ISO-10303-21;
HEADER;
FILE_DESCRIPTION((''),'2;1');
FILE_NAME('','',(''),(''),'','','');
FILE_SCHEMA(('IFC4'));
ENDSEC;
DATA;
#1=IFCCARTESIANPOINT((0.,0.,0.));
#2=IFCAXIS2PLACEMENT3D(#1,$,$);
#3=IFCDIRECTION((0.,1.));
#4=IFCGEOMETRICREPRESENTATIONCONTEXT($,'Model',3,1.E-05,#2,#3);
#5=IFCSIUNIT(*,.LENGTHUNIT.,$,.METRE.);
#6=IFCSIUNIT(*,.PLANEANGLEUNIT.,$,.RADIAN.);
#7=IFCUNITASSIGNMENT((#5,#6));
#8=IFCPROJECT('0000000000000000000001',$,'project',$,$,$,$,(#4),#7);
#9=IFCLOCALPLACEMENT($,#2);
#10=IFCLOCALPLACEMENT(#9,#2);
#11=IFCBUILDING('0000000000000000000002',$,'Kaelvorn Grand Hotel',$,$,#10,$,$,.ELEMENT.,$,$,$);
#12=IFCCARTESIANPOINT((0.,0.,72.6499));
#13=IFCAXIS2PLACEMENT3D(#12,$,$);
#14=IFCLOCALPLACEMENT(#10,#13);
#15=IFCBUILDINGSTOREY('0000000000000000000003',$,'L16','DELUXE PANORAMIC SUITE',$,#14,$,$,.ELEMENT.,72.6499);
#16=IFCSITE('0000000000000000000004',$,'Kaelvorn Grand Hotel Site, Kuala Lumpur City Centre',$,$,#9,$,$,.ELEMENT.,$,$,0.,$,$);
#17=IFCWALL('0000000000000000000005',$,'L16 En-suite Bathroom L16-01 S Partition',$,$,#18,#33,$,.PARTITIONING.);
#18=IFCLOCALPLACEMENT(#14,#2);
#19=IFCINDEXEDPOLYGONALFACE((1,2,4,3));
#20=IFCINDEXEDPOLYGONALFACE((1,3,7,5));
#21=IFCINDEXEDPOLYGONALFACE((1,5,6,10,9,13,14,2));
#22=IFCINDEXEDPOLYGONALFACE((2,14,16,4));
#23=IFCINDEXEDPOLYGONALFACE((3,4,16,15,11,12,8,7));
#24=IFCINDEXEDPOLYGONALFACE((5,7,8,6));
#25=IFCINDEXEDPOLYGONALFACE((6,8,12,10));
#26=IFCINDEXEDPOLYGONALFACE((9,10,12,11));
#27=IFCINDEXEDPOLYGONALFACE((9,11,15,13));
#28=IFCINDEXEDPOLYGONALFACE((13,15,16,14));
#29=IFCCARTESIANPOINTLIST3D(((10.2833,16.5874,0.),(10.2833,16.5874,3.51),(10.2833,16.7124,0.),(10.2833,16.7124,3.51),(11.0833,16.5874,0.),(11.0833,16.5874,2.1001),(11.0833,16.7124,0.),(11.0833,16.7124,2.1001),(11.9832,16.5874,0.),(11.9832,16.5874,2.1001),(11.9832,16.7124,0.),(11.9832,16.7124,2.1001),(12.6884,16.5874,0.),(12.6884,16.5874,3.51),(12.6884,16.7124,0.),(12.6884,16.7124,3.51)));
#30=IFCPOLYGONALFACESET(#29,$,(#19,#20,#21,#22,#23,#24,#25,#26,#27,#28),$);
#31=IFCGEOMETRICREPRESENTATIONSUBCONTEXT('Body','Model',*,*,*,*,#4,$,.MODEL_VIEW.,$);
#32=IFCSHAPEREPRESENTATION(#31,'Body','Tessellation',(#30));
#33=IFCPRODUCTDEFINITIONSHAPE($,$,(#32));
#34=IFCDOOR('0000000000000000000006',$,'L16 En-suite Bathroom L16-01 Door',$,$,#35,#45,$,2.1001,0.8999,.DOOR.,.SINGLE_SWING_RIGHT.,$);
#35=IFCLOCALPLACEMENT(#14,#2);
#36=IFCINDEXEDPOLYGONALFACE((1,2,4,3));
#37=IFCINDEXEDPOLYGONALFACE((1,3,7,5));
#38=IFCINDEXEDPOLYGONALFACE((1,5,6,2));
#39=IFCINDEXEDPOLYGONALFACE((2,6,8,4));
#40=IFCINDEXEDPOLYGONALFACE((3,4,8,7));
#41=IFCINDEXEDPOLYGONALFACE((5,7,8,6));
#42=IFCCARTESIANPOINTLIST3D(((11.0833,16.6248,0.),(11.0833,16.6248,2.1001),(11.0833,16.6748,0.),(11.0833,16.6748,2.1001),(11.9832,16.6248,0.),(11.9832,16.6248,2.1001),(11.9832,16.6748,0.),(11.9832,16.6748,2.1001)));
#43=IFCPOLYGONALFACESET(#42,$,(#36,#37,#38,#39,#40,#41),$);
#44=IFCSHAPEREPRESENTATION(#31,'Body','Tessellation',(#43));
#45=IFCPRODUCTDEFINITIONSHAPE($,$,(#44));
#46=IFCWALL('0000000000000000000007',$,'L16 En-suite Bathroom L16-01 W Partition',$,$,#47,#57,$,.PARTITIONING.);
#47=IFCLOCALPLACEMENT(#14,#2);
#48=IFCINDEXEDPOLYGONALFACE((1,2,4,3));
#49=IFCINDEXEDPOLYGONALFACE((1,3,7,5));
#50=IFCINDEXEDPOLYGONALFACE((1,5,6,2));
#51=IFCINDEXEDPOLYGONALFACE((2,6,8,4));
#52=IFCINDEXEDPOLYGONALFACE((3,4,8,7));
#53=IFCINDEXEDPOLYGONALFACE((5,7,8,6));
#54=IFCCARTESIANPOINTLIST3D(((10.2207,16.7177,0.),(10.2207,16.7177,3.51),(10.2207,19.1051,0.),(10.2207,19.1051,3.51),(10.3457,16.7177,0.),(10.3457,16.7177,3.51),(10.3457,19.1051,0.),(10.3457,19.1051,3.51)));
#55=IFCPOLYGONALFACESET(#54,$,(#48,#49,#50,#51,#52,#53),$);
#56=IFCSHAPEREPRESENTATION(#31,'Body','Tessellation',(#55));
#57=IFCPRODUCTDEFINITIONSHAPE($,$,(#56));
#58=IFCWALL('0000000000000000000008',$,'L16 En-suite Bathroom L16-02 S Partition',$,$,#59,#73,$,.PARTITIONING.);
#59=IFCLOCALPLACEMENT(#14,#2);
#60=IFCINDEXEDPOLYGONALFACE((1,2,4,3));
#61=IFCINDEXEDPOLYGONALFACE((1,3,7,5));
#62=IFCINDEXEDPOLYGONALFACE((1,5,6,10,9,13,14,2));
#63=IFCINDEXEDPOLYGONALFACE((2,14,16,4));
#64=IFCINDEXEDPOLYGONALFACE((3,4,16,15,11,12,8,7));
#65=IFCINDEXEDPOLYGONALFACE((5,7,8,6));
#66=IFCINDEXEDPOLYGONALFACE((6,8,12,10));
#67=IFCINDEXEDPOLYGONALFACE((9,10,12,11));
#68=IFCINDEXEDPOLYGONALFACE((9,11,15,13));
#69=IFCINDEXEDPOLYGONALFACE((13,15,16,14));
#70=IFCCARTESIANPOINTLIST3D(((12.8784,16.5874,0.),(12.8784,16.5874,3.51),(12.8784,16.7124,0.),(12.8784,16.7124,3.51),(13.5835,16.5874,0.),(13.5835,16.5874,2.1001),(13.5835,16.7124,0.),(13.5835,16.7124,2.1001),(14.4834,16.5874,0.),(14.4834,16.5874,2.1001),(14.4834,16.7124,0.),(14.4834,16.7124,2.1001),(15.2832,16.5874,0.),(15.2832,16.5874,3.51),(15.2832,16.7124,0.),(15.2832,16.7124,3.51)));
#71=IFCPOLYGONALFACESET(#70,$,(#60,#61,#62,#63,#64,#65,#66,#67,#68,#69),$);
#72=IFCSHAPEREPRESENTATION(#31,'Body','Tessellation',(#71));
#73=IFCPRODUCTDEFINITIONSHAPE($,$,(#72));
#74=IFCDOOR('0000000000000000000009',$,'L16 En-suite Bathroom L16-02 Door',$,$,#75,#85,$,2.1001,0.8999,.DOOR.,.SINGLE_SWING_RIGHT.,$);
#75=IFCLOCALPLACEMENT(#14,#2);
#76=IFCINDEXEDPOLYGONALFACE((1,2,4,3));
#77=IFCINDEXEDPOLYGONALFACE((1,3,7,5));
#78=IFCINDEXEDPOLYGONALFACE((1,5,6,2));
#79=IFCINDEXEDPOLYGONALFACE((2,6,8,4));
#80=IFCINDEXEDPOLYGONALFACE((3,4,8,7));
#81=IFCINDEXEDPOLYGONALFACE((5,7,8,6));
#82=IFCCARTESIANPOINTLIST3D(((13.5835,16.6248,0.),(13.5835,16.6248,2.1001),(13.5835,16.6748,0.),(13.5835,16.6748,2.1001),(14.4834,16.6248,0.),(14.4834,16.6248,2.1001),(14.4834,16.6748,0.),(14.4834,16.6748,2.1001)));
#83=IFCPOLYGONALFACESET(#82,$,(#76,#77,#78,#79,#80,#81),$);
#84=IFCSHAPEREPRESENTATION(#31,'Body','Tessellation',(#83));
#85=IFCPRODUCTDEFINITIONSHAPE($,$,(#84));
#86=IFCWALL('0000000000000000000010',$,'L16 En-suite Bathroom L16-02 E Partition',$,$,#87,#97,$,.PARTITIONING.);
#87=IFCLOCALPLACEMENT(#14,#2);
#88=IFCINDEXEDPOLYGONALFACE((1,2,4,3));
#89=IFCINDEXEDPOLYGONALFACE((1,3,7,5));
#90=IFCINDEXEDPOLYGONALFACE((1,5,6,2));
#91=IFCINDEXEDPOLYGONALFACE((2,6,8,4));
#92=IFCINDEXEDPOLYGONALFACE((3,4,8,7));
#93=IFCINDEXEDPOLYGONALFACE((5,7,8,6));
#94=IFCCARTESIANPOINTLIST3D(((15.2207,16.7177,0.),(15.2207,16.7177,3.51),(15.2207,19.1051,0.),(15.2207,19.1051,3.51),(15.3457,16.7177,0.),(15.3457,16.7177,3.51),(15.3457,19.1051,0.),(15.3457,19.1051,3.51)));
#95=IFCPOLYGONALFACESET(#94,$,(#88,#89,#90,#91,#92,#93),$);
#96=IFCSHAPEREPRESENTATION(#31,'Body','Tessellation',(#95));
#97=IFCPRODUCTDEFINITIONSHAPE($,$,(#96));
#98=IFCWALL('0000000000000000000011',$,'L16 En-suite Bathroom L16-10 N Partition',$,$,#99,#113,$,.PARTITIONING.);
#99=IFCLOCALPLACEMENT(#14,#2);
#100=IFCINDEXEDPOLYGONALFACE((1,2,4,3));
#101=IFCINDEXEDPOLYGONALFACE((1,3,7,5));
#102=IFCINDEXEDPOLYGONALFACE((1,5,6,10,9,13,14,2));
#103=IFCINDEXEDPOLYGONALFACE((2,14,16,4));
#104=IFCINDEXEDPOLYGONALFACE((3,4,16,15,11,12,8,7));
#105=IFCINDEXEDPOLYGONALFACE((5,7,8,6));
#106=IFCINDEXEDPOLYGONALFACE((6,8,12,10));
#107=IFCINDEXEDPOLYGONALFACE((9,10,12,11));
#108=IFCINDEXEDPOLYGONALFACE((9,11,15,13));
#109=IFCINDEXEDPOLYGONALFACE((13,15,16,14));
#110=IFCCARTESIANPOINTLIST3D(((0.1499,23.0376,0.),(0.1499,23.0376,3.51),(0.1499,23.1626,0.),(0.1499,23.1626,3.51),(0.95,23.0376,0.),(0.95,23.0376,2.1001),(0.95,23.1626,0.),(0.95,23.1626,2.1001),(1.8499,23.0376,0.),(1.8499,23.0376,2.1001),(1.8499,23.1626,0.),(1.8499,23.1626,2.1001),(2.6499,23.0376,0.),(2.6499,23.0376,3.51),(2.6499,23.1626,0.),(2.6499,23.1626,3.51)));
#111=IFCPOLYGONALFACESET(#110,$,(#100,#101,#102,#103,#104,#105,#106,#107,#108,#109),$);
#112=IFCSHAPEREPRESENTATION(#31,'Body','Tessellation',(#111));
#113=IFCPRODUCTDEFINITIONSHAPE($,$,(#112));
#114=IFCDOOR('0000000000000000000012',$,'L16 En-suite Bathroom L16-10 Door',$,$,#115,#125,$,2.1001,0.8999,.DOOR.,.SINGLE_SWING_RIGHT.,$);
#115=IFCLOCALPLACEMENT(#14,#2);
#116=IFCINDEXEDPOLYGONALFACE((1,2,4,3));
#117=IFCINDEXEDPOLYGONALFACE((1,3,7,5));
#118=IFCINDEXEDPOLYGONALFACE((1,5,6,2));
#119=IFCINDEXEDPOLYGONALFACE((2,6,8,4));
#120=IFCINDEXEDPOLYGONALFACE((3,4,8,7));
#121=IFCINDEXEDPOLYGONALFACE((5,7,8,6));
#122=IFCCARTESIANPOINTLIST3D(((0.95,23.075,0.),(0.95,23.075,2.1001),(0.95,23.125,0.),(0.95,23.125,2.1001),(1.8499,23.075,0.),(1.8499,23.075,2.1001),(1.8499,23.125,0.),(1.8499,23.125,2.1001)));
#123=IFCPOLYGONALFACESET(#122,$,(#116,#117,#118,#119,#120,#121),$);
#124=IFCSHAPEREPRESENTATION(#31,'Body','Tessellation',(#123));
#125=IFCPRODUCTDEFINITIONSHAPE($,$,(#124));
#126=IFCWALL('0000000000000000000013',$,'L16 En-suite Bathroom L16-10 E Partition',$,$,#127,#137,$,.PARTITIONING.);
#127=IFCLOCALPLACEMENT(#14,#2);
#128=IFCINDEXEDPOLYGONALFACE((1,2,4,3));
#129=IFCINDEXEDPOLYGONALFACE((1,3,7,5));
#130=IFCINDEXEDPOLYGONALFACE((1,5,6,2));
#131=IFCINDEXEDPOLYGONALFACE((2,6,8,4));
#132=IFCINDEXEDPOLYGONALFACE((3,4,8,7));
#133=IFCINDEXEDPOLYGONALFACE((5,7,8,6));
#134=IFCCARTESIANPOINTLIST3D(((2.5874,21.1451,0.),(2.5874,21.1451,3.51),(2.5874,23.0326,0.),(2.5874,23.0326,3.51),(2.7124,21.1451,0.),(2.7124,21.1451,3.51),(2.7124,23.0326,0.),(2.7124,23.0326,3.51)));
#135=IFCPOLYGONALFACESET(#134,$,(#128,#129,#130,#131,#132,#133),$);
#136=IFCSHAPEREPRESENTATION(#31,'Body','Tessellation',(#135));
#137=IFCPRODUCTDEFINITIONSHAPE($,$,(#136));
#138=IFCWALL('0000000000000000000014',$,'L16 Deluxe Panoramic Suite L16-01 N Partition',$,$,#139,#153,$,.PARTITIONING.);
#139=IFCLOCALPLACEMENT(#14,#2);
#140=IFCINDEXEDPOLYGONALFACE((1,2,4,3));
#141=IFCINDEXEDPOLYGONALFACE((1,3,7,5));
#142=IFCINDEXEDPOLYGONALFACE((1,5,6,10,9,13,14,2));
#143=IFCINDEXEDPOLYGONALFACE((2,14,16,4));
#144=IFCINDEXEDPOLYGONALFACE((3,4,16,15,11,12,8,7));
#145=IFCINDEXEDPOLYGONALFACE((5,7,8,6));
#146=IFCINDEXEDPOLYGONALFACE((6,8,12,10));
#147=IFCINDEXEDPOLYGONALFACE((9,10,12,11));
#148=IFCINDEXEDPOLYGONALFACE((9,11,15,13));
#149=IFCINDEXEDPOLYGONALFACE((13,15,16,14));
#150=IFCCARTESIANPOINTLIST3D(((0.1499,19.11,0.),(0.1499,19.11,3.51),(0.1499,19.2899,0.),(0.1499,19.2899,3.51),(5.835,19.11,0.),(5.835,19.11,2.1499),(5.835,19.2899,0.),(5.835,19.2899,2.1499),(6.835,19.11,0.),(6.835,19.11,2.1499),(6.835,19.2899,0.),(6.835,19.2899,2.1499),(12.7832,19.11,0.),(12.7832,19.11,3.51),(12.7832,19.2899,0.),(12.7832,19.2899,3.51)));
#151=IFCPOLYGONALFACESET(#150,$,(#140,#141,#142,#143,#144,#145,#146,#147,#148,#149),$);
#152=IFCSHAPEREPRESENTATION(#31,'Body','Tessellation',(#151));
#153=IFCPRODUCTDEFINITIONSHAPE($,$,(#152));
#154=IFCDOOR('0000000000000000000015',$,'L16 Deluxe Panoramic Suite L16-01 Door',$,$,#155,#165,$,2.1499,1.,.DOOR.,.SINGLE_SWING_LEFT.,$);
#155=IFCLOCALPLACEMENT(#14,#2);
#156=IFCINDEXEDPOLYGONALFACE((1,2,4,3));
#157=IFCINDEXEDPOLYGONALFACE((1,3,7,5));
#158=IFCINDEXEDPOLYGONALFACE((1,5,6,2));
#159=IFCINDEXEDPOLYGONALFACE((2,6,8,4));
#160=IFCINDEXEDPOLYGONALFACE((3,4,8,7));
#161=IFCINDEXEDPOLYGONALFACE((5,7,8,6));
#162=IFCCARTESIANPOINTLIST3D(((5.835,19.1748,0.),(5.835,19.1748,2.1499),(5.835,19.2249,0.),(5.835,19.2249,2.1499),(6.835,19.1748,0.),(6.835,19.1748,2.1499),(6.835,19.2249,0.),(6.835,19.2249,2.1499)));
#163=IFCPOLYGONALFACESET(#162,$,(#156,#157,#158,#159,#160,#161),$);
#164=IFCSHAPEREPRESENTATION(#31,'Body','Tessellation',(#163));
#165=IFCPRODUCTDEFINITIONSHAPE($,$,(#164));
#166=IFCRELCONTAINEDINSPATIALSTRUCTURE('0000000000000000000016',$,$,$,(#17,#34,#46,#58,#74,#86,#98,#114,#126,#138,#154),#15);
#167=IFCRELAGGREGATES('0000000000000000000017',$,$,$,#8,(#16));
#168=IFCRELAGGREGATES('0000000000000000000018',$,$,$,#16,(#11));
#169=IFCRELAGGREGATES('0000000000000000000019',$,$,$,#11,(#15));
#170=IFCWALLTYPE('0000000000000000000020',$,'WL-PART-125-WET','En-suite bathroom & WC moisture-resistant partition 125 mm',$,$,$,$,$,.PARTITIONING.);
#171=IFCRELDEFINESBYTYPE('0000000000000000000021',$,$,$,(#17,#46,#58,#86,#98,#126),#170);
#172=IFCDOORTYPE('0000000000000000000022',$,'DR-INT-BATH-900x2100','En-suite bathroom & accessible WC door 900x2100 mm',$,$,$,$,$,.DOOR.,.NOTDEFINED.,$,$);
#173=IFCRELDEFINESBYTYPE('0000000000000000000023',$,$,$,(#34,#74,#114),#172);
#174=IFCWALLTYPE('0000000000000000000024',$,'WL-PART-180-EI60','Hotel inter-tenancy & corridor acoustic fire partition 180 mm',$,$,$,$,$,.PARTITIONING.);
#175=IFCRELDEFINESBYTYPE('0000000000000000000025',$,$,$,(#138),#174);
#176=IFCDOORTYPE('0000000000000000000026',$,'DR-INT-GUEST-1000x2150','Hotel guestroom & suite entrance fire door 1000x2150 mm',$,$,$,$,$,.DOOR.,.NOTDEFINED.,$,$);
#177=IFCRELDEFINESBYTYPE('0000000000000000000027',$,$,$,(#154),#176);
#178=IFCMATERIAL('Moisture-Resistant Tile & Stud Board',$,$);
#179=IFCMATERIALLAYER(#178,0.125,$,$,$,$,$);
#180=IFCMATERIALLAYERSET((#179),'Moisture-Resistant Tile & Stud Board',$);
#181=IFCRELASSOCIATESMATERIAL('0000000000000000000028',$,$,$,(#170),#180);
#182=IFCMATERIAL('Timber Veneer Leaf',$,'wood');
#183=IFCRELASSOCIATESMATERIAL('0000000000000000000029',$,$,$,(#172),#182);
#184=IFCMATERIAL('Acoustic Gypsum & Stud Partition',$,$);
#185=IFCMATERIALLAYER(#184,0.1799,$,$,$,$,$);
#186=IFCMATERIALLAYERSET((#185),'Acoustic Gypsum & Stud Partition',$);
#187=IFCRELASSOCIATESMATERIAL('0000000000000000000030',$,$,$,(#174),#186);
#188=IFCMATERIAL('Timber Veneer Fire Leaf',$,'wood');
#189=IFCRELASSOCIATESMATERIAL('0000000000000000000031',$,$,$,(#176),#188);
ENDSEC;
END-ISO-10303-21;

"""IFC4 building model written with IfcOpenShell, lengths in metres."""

from ifc_helpers import new_model, si_unit, direction, frame, frame_2d, origin, place, context, subcontext, project, spatial, rectangle, extrude, material, layer, layer_set, type_object, element, fill, save


model = new_model("IFC4")

# Units and contexts
model_context = context("Model", 3, precision=1e-05, world=origin(), true_north=direction((0.0, 1.0)))
body_context = subcontext(model_context, "Body", "Model", "MODEL_VIEW")
ifc_project = project(units=[si_unit("LENGTHUNIT", "METRE"), si_unit("PLANEANGLEUNIT", "RADIAN")], contexts=[model_context])

# Site, building, storey
site_placement = place(None, origin())
site = spatial("IfcSite", under=ifc_project, at=site_placement, Name="Kaelvorn Grand Hotel Site, Kuala Lumpur City Centre", CompositionType="ELEMENT", RefElevation=0.0)
building_placement = place(site_placement, origin())
building = spatial("IfcBuilding", under=site, at=building_placement, Name="Kaelvorn Grand Hotel", CompositionType="ELEMENT")
storey_placement = place(building_placement, frame((0.0, 0.0, 72.6499)))
storey = spatial("IfcBuildingStorey", under=building, at=storey_placement, Name="L16", Description="DELUXE PANORAMIC SUITE", CompositionType="ELEMENT", Elevation=72.6499)

# Wall, opening, door
ifc_material_1 = material(Name="Moisture-Resistant Tile & Stud Board")
ifc_layer_1 = layer(ifc_material_1, 0.125)
ifc_layer_set_1 = layer_set([ifc_layer_1], Name="Moisture-Resistant Tile & Stud Board")
wall_type_1 = type_object("IfcWallType", Name="WL-PART-125-WET", Description="En-suite bathroom & WC moisture-resistant partition 125 mm", PredefinedType="PARTITIONING", material=ifc_layer_set_1)
wall_1_placement = place(storey_placement, frame((10.2832, 16.6499, 0.0), z_axis=(0.0, 0.0, 1.0), x_axis=(1.0, 0.0, 0.0)))
wall_1 = element("IfcWall", 1, at=wall_1_placement, inside=storey, type_object=wall_type_1, Name="L16 En-suite Bathroom L16-01 S Partition", PredefinedType="PARTITIONING", context=body_context, shape_type="SweptSolid", body=[
    extrude(rectangle(XDim=2.405, YDim=0.125, at=frame_2d((1.2026, 0.0))), origin(), (0.0, 0.0, 1.0), 3.51),
])
opening_1_placement = place(wall_1_placement, frame((0.8, 0.0, 0.0)))
opening_1 = element("IfcOpeningElement", 2, at=opening_1_placement, cuts=wall_1, PredefinedType="OPENING", context=body_context, shape_type="SweptSolid", body=[
    extrude(rectangle(XDim=0.8999, YDim=2.1001, at=frame_2d((0.45, 1.05))), frame((0.0, 0.0725, 0.0), z_axis=(0.0, -1.0, 0.0), x_axis=(1.0, 0.0, 0.0)), (0.0, 0.0, 1.0), 0.145),
])
ifc_material_2 = material(Name="Timber Veneer Leaf", Category="wood")
door_type_1 = type_object("IfcDoorType", Name="DR-INT-BATH-900x2100", Description="En-suite bathroom & accessible WC door 900x2100 mm", OperationType="NOTDEFINED", PredefinedType="DOOR", material=ifc_material_2)
door_1_placement = place(opening_1_placement, origin())
door_1 = element("IfcDoor", 3, at=door_1_placement, inside=storey, type_object=door_type_1, Name="L16 En-suite Bathroom L16-01 Door", OperationType="SINGLE_SWING_RIGHT", OverallHeight=2.1001, OverallWidth=0.8999, PredefinedType="DOOR", context=body_context, shape_type="SweptSolid", body=[
    extrude(rectangle(XDim=0.8999, YDim=2.1001, at=frame_2d((0.45, 1.05))), frame((0.0, 0.0249, 0.0), z_axis=(0.0, -1.0, 0.0), x_axis=(1.0, 0.0, 0.0)), (0.0, 0.0, 1.0), 0.05),
])
fill(opening_1, door_1)

# Wall
wall_2_placement = place(storey_placement, frame((10.2832, 16.7175, 0.0), z_axis=(0.0, 0.0, 1.0), x_axis=(0.0, 1.0, 0.0)))
element("IfcWall", 4, at=wall_2_placement, inside=storey, type_object=wall_type_1, Name="L16 En-suite Bathroom L16-01 W Partition", PredefinedType="PARTITIONING", context=body_context, shape_type="SweptSolid", body=[
    extrude(rectangle(XDim=2.3875, YDim=0.125, at=frame_2d((1.1938, 0.0))), origin(), (0.0, 0.0, 1.0), 3.51),
])

# Wall, opening, door
wall_3_placement = place(storey_placement, frame((12.8784, 16.6499, 0.0), z_axis=(0.0, 0.0, 1.0), x_axis=(1.0, 0.0, 0.0)))
wall_3 = element("IfcWall", 5, at=wall_3_placement, inside=storey, type_object=wall_type_1, Name="L16 En-suite Bathroom L16-02 S Partition", PredefinedType="PARTITIONING", context=body_context, shape_type="SweptSolid", body=[
    extrude(rectangle(XDim=2.4048, YDim=0.125, at=frame_2d((1.2024, 0.0))), origin(), (0.0, 0.0, 1.0), 3.51),
])
opening_2_placement = place(wall_3_placement, frame((0.7051, 0.0, 0.0)))
opening_2 = element("IfcOpeningElement", 6, at=opening_2_placement, cuts=wall_3, PredefinedType="OPENING", context=body_context, shape_type="SweptSolid", body=[
    extrude(rectangle(XDim=0.8999, YDim=2.1001, at=frame_2d((0.45, 1.05))), frame((0.0, 0.0725, 0.0), z_axis=(0.0, -1.0, 0.0), x_axis=(1.0, 0.0, 0.0)), (0.0, 0.0, 1.0), 0.145),
])
door_2_placement = place(opening_2_placement, origin())
door_2 = element("IfcDoor", 7, at=door_2_placement, inside=storey, type_object=door_type_1, Name="L16 En-suite Bathroom L16-02 Door", OperationType="SINGLE_SWING_RIGHT", OverallHeight=2.1001, OverallWidth=0.8999, PredefinedType="DOOR", context=body_context, shape_type="SweptSolid", body=[
    extrude(rectangle(XDim=0.8999, YDim=2.1001, at=frame_2d((0.45, 1.05))), frame((0.0, 0.0249, 0.0), z_axis=(0.0, -1.0, 0.0), x_axis=(1.0, 0.0, 0.0)), (0.0, 0.0, 1.0), 0.05),
])
fill(opening_2, door_2)

# Wall
wall_4_placement = place(storey_placement, frame((15.2832, 16.7175, 0.0), z_axis=(0.0, 0.0, 1.0), x_axis=(0.0, 1.0, 0.0)))
element("IfcWall", 8, at=wall_4_placement, inside=storey, type_object=wall_type_1, Name="L16 En-suite Bathroom L16-02 E Partition", PredefinedType="PARTITIONING", context=body_context, shape_type="SweptSolid", body=[
    extrude(rectangle(XDim=2.3875, YDim=0.125, at=frame_2d((1.1938, 0.0))), origin(), (0.0, 0.0, 1.0), 3.51),
])

# Wall, opening, door
wall_5_placement = place(storey_placement, frame((0.1499, 23.1001, 0.0), z_axis=(0.0, 0.0, 1.0), x_axis=(1.0, 0.0, 0.0)))
wall_5 = element("IfcWall", 9, at=wall_5_placement, inside=storey, type_object=wall_type_1, Name="L16 En-suite Bathroom L16-10 N Partition", PredefinedType="PARTITIONING", context=body_context, shape_type="SweptSolid", body=[
    extrude(rectangle(XDim=2.5, YDim=0.125, at=frame_2d((1.25, 0.0))), origin(), (0.0, 0.0, 1.0), 3.51),
])
opening_3_placement = place(wall_5_placement, frame((0.8, 0.0, 0.0)))
opening_3 = element("IfcOpeningElement", 10, at=opening_3_placement, cuts=wall_5, PredefinedType="OPENING", context=body_context, shape_type="SweptSolid", body=[
    extrude(rectangle(XDim=0.8999, YDim=2.1001, at=frame_2d((0.45, 1.05))), frame((0.0, 0.0725, 0.0), z_axis=(0.0, -1.0, 0.0), x_axis=(1.0, 0.0, 0.0)), (0.0, 0.0, 1.0), 0.145),
])
door_3_placement = place(opening_3_placement, origin())
door_3 = element("IfcDoor", 11, at=door_3_placement, inside=storey, type_object=door_type_1, Name="L16 En-suite Bathroom L16-10 Door", OperationType="SINGLE_SWING_RIGHT", OverallHeight=2.1001, OverallWidth=0.8999, PredefinedType="DOOR", context=body_context, shape_type="SweptSolid", body=[
    extrude(rectangle(XDim=0.8999, YDim=2.1001, at=frame_2d((0.45, 1.05))), frame((0.0, 0.0249, 0.0), z_axis=(0.0, -1.0, 0.0), x_axis=(1.0, 0.0, 0.0)), (0.0, 0.0, 1.0), 0.05),
])
fill(opening_3, door_3)

# Wall
wall_6_placement = place(storey_placement, frame((2.6499, 21.145, 0.0), z_axis=(0.0, 0.0, 1.0), x_axis=(0.0, 1.0, 0.0)))
element("IfcWall", 12, at=wall_6_placement, inside=storey, type_object=wall_type_1, Name="L16 En-suite Bathroom L16-10 E Partition", PredefinedType="PARTITIONING", context=body_context, shape_type="SweptSolid", body=[
    extrude(rectangle(XDim=1.8875, YDim=0.125, at=frame_2d((0.9438, 0.0))), origin(), (0.0, 0.0, 1.0), 3.51),
])

# Wall, opening, door
ifc_material_3 = material(Name="Acoustic Gypsum & Stud Partition")
ifc_layer_2 = layer(ifc_material_3, 0.1799)
ifc_layer_set_2 = layer_set([ifc_layer_2], Name="Acoustic Gypsum & Stud Partition")
wall_type_2 = type_object("IfcWallType", Name="WL-PART-180-EI60", Description="Hotel inter-tenancy & corridor acoustic fire partition 180 mm", PredefinedType="PARTITIONING", material=ifc_layer_set_2)
wall_7_placement = place(storey_placement, frame((0.1499, 19.2, 0.0), z_axis=(0.0, 0.0, 1.0), x_axis=(1.0, 0.0, 0.0)))
wall_7 = element("IfcWall", 13, at=wall_7_placement, inside=storey, type_object=wall_type_2, Name="L16 Deluxe Panoramic Suite L16-01 N Partition", PredefinedType="PARTITIONING", context=body_context, shape_type="SweptSolid", body=[
    extrude(rectangle(XDim=12.6333, YDim=0.1799, at=frame_2d((6.3167, 0.0))), origin(), (0.0, 0.0, 1.0), 3.51),
])
opening_4_placement = place(wall_7_placement, frame((5.6851, 0.0, 0.0)))
opening_4 = element("IfcOpeningElement", 14, at=opening_4_placement, cuts=wall_7, PredefinedType="OPENING", context=body_context, shape_type="SweptSolid", body=[
    extrude(rectangle(XDim=1.0, YDim=2.1499, at=frame_2d((0.5, 1.075))), frame((0.0, 0.1001, 0.0), z_axis=(0.0, -1.0, 0.0), x_axis=(1.0, 0.0, 0.0)), (0.0, 0.0, 1.0), 0.2),
])
ifc_material_4 = material(Name="Timber Veneer Fire Leaf", Category="wood")
door_type_2 = type_object("IfcDoorType", Name="DR-INT-GUEST-1000x2150", Description="Hotel guestroom & suite entrance fire door 1000x2150 mm", OperationType="NOTDEFINED", PredefinedType="DOOR", material=ifc_material_4)
door_4_placement = place(opening_4_placement, origin())
door_4 = element("IfcDoor", 15, at=door_4_placement, inside=storey, type_object=door_type_2, Name="L16 Deluxe Panoramic Suite L16-01 Door", OperationType="SINGLE_SWING_LEFT", OverallHeight=2.1499, OverallWidth=1.0, PredefinedType="DOOR", context=body_context, shape_type="SweptSolid", body=[
    extrude(rectangle(XDim=1.0, YDim=2.1499, at=frame_2d((0.5, 1.075))), frame((0.0, 0.0249, 0.0), z_axis=(0.0, -1.0, 0.0), x_axis=(1.0, 0.0, 0.0)), (0.0, 0.0, 1.0), 0.05),
])
fill(opening_4, door_4)

save(model, "model.ifc")
